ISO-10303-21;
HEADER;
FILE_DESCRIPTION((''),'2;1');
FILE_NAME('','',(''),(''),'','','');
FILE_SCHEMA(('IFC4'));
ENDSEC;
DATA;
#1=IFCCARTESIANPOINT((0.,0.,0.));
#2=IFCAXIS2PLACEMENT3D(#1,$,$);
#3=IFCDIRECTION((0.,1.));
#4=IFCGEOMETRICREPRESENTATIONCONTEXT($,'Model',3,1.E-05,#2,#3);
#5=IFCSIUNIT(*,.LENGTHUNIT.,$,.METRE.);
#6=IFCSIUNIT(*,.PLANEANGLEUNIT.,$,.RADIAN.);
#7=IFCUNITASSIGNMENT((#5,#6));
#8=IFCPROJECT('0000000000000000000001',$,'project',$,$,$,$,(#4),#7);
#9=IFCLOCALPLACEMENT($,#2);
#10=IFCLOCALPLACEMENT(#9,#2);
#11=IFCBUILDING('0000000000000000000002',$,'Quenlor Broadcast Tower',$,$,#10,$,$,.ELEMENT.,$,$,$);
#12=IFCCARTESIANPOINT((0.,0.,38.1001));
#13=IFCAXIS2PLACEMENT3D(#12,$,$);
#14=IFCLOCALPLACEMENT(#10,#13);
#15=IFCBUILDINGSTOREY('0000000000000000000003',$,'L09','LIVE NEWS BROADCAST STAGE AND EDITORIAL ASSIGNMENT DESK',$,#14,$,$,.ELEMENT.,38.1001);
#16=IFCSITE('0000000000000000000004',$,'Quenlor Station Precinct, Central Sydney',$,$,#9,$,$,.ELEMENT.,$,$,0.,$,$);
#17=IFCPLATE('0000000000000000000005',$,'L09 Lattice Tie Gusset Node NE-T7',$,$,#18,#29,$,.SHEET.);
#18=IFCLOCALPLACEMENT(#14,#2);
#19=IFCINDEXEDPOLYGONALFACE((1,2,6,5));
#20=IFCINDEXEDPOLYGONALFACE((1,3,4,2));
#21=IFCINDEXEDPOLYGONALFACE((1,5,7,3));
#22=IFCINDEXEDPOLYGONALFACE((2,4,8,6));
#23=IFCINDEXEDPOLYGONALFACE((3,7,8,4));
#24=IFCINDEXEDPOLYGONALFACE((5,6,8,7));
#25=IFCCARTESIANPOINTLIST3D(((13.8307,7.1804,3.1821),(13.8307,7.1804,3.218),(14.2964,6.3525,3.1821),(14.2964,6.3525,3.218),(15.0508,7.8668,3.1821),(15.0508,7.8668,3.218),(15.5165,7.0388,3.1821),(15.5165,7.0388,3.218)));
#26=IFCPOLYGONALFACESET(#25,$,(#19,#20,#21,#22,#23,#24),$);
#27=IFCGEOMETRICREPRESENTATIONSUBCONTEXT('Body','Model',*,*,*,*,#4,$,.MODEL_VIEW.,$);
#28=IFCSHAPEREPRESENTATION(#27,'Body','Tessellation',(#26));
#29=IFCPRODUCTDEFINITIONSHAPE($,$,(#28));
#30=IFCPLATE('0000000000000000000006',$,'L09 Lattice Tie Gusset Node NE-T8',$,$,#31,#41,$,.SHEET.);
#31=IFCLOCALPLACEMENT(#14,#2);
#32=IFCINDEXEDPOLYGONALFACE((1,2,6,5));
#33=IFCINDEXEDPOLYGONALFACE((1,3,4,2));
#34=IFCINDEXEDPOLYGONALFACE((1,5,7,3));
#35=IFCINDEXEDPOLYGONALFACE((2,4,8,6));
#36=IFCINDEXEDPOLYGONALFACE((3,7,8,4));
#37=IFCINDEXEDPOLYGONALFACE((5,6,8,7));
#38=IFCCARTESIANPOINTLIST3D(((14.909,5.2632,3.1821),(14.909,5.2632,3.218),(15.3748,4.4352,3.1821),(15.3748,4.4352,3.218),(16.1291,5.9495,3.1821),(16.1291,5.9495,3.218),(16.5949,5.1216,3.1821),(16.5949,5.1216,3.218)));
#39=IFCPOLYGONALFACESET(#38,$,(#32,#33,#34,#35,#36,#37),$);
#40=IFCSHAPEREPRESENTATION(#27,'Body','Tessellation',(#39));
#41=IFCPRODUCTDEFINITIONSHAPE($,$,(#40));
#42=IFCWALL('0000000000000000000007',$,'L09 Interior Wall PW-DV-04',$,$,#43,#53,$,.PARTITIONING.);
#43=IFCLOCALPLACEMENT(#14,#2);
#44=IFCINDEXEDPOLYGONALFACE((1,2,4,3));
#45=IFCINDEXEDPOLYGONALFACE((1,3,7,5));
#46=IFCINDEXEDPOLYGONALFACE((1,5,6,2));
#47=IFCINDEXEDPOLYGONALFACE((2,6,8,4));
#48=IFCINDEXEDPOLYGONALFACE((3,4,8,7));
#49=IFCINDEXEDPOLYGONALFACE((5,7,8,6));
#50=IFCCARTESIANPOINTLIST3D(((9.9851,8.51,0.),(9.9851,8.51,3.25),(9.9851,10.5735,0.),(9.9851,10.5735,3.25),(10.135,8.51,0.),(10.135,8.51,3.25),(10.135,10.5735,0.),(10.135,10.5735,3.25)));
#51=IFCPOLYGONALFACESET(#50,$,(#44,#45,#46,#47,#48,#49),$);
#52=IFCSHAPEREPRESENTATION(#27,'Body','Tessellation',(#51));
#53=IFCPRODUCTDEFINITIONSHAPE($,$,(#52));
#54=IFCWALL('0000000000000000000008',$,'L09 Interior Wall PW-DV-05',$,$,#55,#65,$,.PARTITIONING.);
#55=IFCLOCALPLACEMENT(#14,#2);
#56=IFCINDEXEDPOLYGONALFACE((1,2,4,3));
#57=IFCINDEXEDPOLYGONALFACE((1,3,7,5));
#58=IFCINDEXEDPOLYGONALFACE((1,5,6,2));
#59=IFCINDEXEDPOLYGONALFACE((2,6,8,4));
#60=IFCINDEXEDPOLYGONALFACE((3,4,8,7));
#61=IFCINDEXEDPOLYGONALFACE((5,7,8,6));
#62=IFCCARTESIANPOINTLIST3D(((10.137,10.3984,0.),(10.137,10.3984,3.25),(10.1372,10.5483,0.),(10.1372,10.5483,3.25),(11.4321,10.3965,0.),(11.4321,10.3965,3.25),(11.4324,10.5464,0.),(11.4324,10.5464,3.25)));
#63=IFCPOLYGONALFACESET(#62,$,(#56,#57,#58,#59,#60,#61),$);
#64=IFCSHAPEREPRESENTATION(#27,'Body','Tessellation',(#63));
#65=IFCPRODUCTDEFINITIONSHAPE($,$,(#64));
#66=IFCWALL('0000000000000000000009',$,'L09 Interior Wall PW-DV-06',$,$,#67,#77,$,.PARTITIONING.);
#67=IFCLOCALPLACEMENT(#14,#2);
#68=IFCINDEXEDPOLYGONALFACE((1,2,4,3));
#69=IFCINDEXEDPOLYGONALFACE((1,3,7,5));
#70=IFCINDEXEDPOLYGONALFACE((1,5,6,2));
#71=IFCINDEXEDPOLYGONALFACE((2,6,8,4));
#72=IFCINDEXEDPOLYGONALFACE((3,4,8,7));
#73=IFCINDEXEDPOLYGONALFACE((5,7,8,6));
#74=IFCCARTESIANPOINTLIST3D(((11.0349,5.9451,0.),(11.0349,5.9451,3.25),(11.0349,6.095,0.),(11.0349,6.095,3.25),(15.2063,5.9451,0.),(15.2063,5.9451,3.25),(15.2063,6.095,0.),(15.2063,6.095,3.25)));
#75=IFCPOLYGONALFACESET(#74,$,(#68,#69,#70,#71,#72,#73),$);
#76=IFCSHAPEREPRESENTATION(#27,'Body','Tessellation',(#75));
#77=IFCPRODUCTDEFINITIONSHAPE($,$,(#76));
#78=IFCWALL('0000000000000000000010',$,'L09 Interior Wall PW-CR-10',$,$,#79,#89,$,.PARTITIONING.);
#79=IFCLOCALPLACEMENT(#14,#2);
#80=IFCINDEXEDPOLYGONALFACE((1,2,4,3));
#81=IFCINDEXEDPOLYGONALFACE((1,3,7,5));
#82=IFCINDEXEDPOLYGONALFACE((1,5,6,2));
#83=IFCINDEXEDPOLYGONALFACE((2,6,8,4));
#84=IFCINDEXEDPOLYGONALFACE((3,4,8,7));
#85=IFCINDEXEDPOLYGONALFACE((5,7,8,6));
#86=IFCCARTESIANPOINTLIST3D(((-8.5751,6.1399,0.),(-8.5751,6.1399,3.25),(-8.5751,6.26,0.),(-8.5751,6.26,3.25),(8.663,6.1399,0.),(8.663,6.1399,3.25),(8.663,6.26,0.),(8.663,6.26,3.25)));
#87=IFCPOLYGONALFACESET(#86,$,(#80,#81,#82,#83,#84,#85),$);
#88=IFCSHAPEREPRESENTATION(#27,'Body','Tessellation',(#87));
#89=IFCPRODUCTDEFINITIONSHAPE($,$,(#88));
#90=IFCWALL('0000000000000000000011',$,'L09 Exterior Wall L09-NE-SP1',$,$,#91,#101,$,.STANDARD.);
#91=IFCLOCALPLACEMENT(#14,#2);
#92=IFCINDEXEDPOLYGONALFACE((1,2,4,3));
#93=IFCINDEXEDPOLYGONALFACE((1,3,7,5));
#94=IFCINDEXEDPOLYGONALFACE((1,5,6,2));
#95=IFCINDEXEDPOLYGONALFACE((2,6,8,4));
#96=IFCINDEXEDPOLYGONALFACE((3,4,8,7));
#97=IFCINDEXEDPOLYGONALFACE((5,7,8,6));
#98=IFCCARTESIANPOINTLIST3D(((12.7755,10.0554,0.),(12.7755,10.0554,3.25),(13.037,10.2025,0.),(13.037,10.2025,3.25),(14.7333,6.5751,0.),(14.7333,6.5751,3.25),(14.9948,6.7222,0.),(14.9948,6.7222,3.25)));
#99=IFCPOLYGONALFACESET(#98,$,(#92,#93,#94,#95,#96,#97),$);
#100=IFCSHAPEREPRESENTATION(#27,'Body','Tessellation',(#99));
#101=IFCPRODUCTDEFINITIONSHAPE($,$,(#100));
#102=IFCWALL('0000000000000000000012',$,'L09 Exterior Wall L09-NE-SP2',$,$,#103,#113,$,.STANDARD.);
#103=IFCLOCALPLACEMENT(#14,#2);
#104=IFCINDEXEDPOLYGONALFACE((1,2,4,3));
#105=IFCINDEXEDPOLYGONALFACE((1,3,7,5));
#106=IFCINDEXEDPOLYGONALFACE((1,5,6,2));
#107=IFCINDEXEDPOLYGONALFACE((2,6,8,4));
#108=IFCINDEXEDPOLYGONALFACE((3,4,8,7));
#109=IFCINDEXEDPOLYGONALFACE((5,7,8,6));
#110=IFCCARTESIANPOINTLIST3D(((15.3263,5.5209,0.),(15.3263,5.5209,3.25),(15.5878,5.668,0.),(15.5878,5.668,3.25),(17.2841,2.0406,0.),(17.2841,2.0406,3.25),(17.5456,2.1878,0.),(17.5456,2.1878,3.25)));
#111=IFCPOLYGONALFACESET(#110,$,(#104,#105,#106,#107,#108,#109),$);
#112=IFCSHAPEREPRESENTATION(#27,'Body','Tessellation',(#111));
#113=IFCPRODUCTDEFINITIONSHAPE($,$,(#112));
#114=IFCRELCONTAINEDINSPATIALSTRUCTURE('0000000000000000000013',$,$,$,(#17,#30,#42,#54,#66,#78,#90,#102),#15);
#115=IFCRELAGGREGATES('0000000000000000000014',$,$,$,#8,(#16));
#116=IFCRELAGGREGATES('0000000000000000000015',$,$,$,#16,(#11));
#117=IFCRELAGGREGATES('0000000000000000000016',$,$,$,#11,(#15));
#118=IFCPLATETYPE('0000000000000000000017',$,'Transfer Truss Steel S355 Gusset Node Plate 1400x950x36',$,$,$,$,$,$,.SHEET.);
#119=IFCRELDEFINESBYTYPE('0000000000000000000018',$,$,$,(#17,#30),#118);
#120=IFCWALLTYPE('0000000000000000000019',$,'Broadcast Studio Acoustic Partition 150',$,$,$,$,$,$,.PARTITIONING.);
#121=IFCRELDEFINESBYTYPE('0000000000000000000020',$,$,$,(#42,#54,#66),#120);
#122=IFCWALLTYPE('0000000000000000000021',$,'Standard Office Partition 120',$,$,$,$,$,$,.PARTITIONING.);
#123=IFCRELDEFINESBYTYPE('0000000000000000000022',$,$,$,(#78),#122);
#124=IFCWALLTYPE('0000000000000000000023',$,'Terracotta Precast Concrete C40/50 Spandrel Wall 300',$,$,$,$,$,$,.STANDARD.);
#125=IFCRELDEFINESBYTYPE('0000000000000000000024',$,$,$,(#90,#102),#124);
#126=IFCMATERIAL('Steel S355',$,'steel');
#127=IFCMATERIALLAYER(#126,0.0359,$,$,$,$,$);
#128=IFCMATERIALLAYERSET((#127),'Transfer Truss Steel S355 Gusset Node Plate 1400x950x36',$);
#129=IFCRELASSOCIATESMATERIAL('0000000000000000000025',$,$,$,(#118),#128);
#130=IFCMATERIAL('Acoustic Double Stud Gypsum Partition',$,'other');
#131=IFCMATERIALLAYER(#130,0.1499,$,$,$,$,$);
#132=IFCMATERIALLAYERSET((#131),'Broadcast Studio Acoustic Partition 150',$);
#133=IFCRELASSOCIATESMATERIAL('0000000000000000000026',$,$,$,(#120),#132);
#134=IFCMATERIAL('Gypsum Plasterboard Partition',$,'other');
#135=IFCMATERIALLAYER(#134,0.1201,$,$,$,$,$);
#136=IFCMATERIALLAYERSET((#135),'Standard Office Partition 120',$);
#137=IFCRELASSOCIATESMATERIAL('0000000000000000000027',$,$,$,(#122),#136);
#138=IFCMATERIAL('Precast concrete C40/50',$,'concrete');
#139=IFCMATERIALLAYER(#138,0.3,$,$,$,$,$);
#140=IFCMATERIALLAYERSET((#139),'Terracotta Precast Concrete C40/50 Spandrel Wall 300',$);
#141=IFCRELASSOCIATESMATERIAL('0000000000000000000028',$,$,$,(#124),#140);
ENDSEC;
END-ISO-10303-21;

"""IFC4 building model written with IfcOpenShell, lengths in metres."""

from ifc_helpers import new_model, si_unit, direction, frame, frame_2d, origin, origin_2d, place, context, subcontext, project, spatial, rectangle, extrude, material, layer, layer_set, type_object, element, save


model = new_model("IFC4")

# Units and contexts
model_context = context("Model", 3, precision=1e-05, world=origin(), true_north=direction((0.0, 1.0)))
body_context = subcontext(model_context, "Body", "Model", "MODEL_VIEW")
ifc_project = project(units=[si_unit("LENGTHUNIT", "METRE"), si_unit("PLANEANGLEUNIT", "RADIAN")], contexts=[model_context])

# Site, building, storey
site_placement = place(None, origin())
site = spatial("IfcSite", under=ifc_project, at=site_placement, Name="Quenlor Station Precinct, Central Sydney", CompositionType="ELEMENT", RefElevation=0.0)
building_placement = place(site_placement, origin())
building = spatial("IfcBuilding", under=site, at=building_placement, Name="Quenlor Broadcast Tower", CompositionType="ELEMENT")
storey_placement = place(building_placement, frame((0.0, 0.0, 38.1001)))
storey = spatial("IfcBuildingStorey", under=building, at=storey_placement, Name="L09", Description="LIVE NEWS BROADCAST STAGE AND EDITORIAL ASSIGNMENT DESK", CompositionType="ELEMENT", Elevation=38.1001)

# Plates
ifc_material_1 = material(Name="Steel S355", Category="steel")
ifc_layer_1 = layer(ifc_material_1, 0.0359)
ifc_layer_set_1 = layer_set([ifc_layer_1], Name="Transfer Truss Steel S355 Gusset Node Plate 1400x950x36")
plate_type_1 = type_object("IfcPlateType", Name="Transfer Truss Steel S355 Gusset Node Plate 1400x950x36", PredefinedType="SHEET", material=ifc_layer_set_1)
for number, where, z_axis, x_axis, name in (
    (1, (14.6736, 7.1096, 3.1821), (0.0, 0.0, 1.0), (0.871556, 0.490295, 0.0), "L09 Lattice Tie Gusset Node NE-T7"),
    (2, (15.752, 5.1924, 3.1821), (0.0, 0.0, 1.0), (0.871556, 0.490295, 0.0), "L09 Lattice Tie Gusset Node NE-T8"),
):
    element("IfcPlate", number, at=place(storey_placement, frame(where, z_axis=z_axis, x_axis=x_axis)), inside=storey, type_object=plate_type_1, Name=name, PredefinedType="SHEET", context=body_context, shape_type="SweptSolid", body=[
        extrude(rectangle(XDim=1.3999, YDim=0.95, at=origin_2d()), origin(), (0.0, 0.0, 1.0), 0.0359),
    ])

# Walls
ifc_material_2 = material(Name="Acoustic Double Stud Gypsum Partition", Category="other")
ifc_layer_2 = layer(ifc_material_2, 0.1499)
ifc_layer_set_2 = layer_set([ifc_layer_2], Name="Broadcast Studio Acoustic Partition 150")
wall_type_1 = type_object("IfcWallType", Name="Broadcast Studio Acoustic Partition 150", PredefinedType="PARTITIONING", material=ifc_layer_set_2)
wall_1_placement = place(storey_placement, frame((10.0601, 10.5735, 0.0), z_axis=(0.0, 0.0, 1.0), x_axis=(0.0, -1.0, 0.0)))
element("IfcWall", 3, at=wall_1_placement, inside=storey, type_object=wall_type_1, Name="L09 Interior Wall PW-DV-04", PredefinedType="PARTITIONING", context=body_context, shape_type="SweptSolid", body=[
    extrude(rectangle(XDim=2.0635, YDim=0.1499, at=frame_2d((1.0317, 0.0))), origin(), (0.0, 0.0, 1.0), 3.25),
])
wall_2_placement = place(storey_placement, frame((11.4321, 10.4714, 0.0), z_axis=(0.0, 0.0, 1.0), x_axis=(-0.999999, 0.001508, 0.0)))
element("IfcWall", 4, at=wall_2_placement, inside=storey, type_object=wall_type_1, Name="L09 Interior Wall PW-DV-05", PredefinedType="PARTITIONING", context=body_context, shape_type="SweptSolid", body=[
    extrude(rectangle(XDim=1.2952, YDim=0.1499, at=frame_2d((0.6475, 0.0))), origin(), (0.0, 0.0, 1.0), 3.25),
])
wall_3_placement = place(storey_placement, frame((15.2063, 6.02, 0.0), z_axis=(0.0, 0.0, 1.0), x_axis=(-1.0, 0.0, 0.0)))
element("IfcWall", 5, at=wall_3_placement, inside=storey, type_object=wall_type_1, Name="L09 Interior Wall PW-DV-06", PredefinedType="PARTITIONING", context=body_context, shape_type="SweptSolid", body=[
    extrude(rectangle(XDim=4.1714, YDim=0.1499, at=frame_2d((2.0857, 0.0))), origin(), (0.0, 0.0, 1.0), 3.25),
])

# Shared definitions
ifc_material_3 = material(Name="Gypsum Plasterboard Partition", Category="other")
ifc_layer_3 = layer(ifc_material_3, 0.1201)
ifc_layer_set_3 = layer_set([ifc_layer_3], Name="Standard Office Partition 120")
wall_type_2 = type_object("IfcWallType", Name="Standard Office Partition 120", PredefinedType="PARTITIONING", material=ifc_layer_set_3)

# Walls
wall_4_placement = place(storey_placement, frame((8.6631, 6.2, 0.0), z_axis=(0.0, 0.0, 1.0), x_axis=(-1.0, 0.0, 0.0)))
element("IfcWall", 6, at=wall_4_placement, inside=storey, type_object=wall_type_2, Name="L09 Interior Wall PW-CR-10", PredefinedType="PARTITIONING", context=body_context, shape_type="SweptSolid", body=[
    extrude(rectangle(XDim=17.238, YDim=0.1201, at=frame_2d((8.6191, 0.0))), origin(), (0.0, 0.0, 1.0), 3.25),
])
ifc_material_4 = material(Name="Precast concrete C40/50", Category="concrete")
ifc_layer_4 = layer(ifc_material_4, 0.3)
ifc_layer_set_4 = layer_set([ifc_layer_4], Name="Terracotta Precast Concrete C40/50 Spandrel Wall 300")
wall_type_3 = type_object("IfcWallType", Name="Terracotta Precast Concrete C40/50 Spandrel Wall 300", PredefinedType="STANDARD", material=ifc_layer_set_4)
for number, where, z_axis, x_axis, name in (
    (7, (12.9062, 10.1289, 0.0), (0.0, 0.0, 1.0), (0.490287, -0.871561, 0.0), "L09 Exterior Wall L09-NE-SP1"),
    (8, (15.457, 5.5945, 0.0), (0.0, 0.0, 1.0), (0.490287, -0.871561, 0.0), "L09 Exterior Wall L09-NE-SP2"),
):
    element("IfcWall", number, at=place(storey_placement, frame(where, z_axis=z_axis, x_axis=x_axis)), inside=storey, type_object=wall_type_3, Name=name, PredefinedType="STANDARD", context=body_context, shape_type="SweptSolid", body=[
        extrude(rectangle(XDim=3.9932, YDim=0.3, at=frame_2d((1.9966, 0.0))), origin(), (0.0, 0.0, 1.0), 3.25),
    ])

save(model, "model.ifc")
